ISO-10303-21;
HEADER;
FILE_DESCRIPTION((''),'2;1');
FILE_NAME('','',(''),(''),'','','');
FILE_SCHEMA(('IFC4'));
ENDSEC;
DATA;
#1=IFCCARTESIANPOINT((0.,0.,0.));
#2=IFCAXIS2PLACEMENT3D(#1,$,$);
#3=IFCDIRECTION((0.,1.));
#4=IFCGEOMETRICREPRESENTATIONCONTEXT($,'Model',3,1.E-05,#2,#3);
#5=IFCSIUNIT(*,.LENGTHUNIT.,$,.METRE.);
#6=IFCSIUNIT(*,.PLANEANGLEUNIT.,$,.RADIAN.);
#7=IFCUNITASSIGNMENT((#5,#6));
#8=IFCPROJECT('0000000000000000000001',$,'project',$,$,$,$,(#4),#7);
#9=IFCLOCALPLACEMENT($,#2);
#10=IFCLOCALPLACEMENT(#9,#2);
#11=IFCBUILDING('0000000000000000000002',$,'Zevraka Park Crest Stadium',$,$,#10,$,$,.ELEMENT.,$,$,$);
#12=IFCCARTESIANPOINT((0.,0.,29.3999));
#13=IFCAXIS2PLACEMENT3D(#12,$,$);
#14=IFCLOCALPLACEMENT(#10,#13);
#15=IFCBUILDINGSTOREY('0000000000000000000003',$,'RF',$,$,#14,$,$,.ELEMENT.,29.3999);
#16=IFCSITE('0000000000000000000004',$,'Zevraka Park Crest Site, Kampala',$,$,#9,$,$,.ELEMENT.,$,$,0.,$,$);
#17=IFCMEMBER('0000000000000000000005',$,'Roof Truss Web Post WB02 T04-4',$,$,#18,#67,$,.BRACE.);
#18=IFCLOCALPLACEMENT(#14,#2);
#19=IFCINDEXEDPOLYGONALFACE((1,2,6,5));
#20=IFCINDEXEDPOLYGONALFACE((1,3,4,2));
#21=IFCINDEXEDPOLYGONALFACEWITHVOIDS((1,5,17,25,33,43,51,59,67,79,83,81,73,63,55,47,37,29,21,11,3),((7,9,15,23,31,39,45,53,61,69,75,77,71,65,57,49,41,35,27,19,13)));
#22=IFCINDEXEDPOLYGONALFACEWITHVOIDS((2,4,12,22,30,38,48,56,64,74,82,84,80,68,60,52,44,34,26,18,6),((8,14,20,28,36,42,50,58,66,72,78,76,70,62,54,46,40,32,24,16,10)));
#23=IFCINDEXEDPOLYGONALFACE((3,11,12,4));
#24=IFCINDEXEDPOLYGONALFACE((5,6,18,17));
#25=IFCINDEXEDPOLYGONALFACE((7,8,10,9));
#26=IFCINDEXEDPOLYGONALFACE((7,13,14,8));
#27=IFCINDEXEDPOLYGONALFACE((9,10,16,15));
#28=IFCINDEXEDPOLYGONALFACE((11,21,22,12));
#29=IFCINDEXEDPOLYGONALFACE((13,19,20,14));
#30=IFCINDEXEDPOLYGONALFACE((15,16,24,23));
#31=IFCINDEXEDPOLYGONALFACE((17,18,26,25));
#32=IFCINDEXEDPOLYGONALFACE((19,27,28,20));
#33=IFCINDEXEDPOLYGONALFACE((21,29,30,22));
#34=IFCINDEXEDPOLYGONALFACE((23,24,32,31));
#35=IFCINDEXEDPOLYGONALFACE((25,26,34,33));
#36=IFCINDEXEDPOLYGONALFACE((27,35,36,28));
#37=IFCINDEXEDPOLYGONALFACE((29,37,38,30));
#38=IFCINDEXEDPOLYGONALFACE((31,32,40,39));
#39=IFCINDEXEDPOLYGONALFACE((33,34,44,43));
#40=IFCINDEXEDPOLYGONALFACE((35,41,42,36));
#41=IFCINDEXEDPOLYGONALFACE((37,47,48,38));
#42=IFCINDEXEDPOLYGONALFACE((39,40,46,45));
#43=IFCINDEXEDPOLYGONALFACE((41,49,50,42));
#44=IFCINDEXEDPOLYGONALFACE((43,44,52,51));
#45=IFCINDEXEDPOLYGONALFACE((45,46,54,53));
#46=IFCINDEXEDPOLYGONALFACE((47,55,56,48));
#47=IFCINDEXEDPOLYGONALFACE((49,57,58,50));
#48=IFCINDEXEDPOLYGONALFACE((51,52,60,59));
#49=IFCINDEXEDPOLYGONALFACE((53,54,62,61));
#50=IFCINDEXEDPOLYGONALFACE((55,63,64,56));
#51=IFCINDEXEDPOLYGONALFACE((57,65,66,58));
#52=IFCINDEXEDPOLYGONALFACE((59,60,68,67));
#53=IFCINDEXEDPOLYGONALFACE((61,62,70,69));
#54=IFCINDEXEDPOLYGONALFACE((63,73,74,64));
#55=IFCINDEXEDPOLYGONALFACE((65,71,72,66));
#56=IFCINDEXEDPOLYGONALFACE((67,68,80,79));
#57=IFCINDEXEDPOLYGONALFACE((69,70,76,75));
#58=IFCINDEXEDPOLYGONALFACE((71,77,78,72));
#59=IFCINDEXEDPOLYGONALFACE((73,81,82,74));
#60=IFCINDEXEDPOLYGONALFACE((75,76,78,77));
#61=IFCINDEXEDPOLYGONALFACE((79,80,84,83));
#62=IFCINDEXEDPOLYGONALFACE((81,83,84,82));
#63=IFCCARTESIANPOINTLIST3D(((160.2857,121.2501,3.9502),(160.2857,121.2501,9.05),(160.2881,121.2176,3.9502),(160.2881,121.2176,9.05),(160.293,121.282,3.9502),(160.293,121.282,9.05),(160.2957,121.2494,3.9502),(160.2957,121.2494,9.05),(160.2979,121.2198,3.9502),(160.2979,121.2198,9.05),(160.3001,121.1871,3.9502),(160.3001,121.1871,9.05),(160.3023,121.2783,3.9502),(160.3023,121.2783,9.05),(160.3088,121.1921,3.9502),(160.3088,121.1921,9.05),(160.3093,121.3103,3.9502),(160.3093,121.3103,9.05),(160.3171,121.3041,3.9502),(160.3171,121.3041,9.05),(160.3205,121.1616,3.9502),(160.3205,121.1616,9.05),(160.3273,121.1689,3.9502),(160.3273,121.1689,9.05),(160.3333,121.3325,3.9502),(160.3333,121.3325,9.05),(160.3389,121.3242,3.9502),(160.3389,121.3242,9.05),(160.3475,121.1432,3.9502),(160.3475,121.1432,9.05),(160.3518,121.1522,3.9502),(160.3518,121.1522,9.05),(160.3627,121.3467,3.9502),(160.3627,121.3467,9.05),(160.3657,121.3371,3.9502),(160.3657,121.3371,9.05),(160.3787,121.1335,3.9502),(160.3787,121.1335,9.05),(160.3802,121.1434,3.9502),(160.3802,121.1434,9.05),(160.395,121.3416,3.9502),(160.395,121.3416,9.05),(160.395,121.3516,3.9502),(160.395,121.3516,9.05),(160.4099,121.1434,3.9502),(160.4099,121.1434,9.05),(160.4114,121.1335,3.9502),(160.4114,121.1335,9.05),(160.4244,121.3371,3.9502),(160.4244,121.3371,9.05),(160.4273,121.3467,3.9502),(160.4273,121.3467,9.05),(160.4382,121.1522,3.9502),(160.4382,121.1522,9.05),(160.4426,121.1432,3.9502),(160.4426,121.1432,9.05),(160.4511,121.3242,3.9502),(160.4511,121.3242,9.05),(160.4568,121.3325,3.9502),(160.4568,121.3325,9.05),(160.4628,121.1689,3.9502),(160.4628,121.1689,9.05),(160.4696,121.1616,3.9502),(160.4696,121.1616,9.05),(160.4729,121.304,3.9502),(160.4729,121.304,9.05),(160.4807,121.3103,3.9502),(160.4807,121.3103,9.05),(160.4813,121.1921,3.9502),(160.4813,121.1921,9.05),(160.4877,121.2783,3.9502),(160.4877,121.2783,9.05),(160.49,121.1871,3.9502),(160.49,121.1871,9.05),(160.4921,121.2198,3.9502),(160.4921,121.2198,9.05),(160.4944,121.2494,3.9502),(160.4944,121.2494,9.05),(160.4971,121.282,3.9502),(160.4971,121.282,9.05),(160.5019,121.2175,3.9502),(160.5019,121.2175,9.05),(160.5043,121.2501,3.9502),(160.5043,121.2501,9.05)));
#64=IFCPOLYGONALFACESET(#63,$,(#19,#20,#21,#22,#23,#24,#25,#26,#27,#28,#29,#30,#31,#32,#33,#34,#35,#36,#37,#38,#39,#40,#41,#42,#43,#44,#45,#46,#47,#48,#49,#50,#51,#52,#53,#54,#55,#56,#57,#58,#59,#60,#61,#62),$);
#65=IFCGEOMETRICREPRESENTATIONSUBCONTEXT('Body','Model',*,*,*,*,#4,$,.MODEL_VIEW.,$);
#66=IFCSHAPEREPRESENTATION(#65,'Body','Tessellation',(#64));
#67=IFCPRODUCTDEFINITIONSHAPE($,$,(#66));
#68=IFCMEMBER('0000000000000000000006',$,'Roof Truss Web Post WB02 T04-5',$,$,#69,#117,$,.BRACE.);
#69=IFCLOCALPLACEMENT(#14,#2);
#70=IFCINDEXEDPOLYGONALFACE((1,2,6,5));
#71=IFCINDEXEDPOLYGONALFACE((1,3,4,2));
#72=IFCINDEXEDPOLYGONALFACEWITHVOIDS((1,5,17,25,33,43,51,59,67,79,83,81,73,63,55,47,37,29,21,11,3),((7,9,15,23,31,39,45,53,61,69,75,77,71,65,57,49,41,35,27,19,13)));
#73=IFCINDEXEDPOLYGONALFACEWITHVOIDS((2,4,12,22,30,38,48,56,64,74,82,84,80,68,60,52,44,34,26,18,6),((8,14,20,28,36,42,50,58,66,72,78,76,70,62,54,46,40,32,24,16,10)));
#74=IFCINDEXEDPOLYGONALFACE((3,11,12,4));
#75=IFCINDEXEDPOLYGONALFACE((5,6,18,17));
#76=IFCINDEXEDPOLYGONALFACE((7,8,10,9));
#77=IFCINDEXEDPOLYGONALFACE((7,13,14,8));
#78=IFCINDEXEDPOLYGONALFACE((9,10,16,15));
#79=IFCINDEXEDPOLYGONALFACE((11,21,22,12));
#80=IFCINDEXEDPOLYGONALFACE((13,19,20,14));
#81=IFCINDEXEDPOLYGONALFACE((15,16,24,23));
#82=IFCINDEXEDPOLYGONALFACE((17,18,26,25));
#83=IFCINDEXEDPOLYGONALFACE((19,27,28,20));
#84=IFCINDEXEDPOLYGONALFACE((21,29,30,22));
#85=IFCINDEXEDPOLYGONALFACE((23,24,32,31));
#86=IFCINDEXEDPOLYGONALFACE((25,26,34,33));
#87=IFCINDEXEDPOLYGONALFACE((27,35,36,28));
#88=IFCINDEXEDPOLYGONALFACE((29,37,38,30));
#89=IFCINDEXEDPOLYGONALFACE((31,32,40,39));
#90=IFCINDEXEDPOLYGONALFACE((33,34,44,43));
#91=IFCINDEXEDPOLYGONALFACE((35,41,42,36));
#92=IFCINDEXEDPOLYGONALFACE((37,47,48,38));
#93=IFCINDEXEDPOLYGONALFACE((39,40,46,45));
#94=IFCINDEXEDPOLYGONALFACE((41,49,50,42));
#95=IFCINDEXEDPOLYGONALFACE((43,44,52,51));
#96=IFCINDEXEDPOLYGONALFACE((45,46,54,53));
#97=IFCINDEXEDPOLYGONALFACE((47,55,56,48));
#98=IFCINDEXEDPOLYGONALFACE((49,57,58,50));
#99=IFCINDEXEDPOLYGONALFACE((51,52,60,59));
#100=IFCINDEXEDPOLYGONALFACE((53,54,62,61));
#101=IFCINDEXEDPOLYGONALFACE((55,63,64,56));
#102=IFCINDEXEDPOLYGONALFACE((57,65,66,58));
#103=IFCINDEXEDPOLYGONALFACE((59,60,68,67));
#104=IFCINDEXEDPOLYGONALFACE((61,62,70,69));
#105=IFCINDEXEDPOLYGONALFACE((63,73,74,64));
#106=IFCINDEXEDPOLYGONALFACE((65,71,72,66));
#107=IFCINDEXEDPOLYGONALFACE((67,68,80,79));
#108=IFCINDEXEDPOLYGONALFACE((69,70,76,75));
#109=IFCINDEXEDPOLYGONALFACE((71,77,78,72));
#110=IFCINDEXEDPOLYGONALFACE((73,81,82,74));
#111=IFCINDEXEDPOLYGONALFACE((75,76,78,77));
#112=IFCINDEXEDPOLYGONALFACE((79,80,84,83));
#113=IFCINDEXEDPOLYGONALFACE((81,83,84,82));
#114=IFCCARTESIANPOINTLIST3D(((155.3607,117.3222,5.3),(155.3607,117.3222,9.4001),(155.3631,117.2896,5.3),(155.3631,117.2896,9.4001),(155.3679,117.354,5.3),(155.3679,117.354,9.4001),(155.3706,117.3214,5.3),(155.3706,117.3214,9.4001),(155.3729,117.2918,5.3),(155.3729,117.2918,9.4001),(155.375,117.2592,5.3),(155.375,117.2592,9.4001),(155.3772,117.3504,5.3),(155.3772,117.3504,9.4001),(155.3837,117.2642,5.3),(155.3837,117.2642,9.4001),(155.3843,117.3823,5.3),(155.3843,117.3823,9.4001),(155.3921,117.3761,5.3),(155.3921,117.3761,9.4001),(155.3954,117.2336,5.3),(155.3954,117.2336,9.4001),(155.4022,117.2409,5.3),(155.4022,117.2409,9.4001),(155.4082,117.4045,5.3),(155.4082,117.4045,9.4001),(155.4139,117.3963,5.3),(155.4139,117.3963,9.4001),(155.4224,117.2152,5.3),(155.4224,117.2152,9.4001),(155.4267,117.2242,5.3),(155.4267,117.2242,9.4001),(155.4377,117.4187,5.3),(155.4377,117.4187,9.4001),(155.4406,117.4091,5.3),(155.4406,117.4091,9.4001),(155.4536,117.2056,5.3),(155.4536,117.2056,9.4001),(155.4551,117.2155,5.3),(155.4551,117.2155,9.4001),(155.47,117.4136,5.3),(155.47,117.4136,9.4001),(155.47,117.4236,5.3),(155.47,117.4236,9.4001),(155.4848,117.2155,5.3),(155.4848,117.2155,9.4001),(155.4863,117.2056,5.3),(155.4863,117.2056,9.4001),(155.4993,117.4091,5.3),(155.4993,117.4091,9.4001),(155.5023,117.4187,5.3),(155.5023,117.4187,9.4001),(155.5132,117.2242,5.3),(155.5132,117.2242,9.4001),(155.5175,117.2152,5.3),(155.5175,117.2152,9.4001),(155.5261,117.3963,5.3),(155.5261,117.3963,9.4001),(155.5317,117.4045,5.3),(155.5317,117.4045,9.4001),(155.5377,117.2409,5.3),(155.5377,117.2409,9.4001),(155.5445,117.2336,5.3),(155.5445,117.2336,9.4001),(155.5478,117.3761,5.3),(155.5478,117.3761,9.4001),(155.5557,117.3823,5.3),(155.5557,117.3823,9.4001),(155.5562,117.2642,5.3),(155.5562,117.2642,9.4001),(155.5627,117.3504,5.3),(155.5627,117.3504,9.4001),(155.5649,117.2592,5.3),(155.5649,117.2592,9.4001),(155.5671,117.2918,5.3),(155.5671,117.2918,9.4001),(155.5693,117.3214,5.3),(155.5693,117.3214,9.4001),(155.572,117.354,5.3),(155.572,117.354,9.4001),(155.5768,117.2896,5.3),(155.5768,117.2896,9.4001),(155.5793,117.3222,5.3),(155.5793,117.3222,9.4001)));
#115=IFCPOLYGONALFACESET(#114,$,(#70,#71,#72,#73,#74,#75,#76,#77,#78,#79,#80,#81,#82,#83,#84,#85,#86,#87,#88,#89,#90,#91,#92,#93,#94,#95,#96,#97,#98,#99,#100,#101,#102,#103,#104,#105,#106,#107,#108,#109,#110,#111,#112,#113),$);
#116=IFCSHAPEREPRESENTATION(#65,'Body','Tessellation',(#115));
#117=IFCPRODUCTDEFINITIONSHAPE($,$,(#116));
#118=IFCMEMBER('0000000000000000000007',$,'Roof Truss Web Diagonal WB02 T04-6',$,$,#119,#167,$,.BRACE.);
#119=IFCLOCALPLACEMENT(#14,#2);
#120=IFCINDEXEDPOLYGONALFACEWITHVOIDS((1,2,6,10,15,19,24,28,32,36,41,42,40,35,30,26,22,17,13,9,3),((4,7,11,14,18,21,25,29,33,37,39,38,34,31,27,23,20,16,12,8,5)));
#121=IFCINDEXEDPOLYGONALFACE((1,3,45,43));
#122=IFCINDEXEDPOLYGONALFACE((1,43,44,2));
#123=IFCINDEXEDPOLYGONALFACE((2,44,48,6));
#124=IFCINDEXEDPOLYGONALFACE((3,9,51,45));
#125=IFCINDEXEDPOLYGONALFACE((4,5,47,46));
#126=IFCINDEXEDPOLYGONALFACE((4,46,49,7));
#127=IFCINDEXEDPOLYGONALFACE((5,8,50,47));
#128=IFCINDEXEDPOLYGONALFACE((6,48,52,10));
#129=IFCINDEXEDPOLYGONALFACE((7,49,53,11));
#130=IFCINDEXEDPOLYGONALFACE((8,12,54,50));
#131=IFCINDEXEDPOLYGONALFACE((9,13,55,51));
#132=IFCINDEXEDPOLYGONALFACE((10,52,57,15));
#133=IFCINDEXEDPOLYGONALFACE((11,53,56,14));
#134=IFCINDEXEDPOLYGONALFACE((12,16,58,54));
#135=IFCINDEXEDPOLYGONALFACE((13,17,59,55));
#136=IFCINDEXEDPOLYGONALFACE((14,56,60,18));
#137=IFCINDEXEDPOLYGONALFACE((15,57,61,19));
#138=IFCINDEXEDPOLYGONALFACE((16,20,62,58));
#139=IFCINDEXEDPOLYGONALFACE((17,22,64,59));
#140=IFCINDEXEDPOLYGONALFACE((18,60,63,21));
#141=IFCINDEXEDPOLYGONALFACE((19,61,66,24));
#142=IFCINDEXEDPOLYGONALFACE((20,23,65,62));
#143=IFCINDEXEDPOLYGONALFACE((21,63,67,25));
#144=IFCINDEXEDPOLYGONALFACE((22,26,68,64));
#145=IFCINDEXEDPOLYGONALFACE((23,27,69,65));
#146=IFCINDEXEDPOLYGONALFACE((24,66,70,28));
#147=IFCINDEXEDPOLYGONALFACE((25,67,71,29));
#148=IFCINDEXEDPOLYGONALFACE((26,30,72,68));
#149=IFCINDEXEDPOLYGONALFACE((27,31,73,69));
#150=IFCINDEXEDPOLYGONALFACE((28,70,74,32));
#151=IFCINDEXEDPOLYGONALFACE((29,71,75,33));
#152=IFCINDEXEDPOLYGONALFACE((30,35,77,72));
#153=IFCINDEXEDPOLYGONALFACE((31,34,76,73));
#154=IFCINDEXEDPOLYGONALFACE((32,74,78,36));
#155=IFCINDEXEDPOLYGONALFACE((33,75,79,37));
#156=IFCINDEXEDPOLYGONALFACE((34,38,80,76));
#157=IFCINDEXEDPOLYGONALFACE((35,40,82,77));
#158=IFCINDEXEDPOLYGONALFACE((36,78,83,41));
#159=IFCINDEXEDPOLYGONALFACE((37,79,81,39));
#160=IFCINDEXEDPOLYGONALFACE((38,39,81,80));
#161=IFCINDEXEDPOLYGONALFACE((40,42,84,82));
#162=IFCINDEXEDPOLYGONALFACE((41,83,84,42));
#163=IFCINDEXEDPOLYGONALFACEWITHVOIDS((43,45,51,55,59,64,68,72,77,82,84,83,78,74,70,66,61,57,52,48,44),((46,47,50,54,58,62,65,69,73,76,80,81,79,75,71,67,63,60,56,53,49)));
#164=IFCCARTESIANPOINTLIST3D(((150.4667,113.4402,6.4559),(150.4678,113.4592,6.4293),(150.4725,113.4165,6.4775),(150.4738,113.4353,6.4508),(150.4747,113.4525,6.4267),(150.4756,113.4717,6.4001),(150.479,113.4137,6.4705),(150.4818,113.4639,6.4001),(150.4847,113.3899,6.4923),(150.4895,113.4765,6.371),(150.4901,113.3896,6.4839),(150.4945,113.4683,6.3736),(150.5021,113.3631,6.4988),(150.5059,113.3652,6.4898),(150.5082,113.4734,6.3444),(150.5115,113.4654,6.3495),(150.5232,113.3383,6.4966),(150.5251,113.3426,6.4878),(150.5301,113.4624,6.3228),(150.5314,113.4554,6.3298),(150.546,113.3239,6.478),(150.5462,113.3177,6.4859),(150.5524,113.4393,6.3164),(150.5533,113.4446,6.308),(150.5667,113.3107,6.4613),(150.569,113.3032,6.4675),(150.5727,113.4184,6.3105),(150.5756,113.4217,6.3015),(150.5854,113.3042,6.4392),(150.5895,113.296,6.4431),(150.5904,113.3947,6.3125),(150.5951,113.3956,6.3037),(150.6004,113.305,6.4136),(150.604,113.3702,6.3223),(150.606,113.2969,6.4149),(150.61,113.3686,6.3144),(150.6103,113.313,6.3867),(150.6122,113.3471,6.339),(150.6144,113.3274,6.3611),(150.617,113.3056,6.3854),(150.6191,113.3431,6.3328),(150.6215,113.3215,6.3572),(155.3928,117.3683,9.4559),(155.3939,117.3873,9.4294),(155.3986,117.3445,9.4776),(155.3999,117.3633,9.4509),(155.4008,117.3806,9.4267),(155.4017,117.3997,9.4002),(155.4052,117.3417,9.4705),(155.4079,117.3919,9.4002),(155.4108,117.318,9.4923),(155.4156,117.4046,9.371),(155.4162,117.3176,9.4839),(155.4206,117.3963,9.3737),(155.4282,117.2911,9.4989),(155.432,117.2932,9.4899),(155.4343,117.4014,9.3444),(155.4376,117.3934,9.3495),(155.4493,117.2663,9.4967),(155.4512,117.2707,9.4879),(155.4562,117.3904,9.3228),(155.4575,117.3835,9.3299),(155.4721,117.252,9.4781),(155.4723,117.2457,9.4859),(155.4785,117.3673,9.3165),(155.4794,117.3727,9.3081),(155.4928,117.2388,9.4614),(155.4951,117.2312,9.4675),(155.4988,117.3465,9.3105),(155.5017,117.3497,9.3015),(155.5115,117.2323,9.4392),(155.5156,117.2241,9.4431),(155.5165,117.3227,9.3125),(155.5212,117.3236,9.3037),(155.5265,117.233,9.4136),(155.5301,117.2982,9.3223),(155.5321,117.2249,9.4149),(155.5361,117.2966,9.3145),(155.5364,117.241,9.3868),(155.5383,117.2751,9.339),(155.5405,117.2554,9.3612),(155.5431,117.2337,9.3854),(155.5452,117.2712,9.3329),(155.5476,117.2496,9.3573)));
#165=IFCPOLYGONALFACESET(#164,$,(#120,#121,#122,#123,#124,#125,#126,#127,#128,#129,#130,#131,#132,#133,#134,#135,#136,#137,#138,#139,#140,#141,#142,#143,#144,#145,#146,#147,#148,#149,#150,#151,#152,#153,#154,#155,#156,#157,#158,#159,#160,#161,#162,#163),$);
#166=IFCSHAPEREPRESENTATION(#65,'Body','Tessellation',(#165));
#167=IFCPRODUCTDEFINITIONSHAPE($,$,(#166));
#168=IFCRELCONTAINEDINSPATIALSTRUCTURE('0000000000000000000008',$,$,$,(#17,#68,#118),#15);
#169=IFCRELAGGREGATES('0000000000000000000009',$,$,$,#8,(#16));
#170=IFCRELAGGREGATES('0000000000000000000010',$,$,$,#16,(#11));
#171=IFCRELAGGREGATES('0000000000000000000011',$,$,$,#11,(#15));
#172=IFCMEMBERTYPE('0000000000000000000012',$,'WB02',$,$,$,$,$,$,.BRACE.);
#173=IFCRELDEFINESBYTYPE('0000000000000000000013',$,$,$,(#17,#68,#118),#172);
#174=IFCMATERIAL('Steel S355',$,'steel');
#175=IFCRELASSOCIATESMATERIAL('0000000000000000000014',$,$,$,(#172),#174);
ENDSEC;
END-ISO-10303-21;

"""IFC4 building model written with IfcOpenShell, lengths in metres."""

from ifc_helpers import new_model, si_unit, direction, frame, origin, origin_2d, place, context, subcontext, project, spatial, hollow_circle, extrude, material, material_profile, profile_set, type_object, element, save


model = new_model("IFC4")

# Units and contexts
model_context = context("Model", 3, precision=1e-05, world=origin(), true_north=direction((0.0, 1.0)))
body_context = subcontext(model_context, "Body", "Model", "MODEL_VIEW")
ifc_project = project(units=[si_unit("LENGTHUNIT", "METRE"), si_unit("PLANEANGLEUNIT", "RADIAN")], contexts=[model_context])

# Site, building, storey
site_placement = place(None, origin())
site = spatial("IfcSite", under=ifc_project, at=site_placement, Name="Zevraka Park Crest Site, Kampala", CompositionType="ELEMENT", RefElevation=0.0)
building_placement = place(site_placement, origin())
building = spatial("IfcBuilding", under=site, at=building_placement, Name="Zevraka Park Crest Stadium", CompositionType="ELEMENT")
storey_placement = place(building_placement, frame((0.0, 0.0, 29.3999)))
storey = spatial("IfcBuildingStorey", under=building, at=storey_placement, Name="RF", CompositionType="ELEMENT", Elevation=29.3999)

# Members
ifc_material_1 = material(Name="Steel S355", Category="steel")
ifc_material_profile_1 = material_profile(ifc_material_1, hollow_circle(Radius=0.1096, WallThickness=0.01, at=origin_2d()), Name="CHS 219.1x10")
ifc_profile_set_1 = profile_set([ifc_material_profile_1], Name="Steel S355")
member_type_1 = type_object("IfcMemberType", Name="WB02", PredefinedType="BRACE", material=ifc_profile_set_1)
member_1_placement = place(storey_placement, frame((160.395, 121.2419, 3.9502), z_axis=(0.0, 0.0, 1.0), x_axis=(0.781847, 0.62347, 0.0)))
element("IfcMember", 1, at=member_1_placement, inside=storey, type_object=member_type_1, Name="Roof Truss Web Post WB02 T04-4", PredefinedType="BRACE", context=body_context, shape_type="SweptSolid", body=[
    extrude(hollow_circle(Radius=0.1096, WallThickness=0.01, at=origin_2d()), origin(), (0.0, 0.0, 1.0), 5.0999),
])
member_2_placement = place(storey_placement, frame((155.47, 117.314, 5.3), z_axis=(0.0, 0.0, 1.0), x_axis=(0.781847, 0.62347, 0.0)))
element("IfcMember", 2, at=member_2_placement, inside=storey, type_object=member_type_1, Name="Roof Truss Web Post WB02 T04-5", PredefinedType="BRACE", context=body_context, shape_type="SweptSolid", body=[
    extrude(hollow_circle(Radius=0.1096, WallThickness=0.01, at=origin_2d()), origin(), (0.0, 0.0, 1.0), 4.1001),
])
member_3_placement = place(storey_placement, frame((150.5439, 113.386, 6.4001), z_axis=(0.70592, 0.562896, 0.429913), x_axis=(-0.623451, 0.781862, 0.0)))
element("IfcMember", 3, at=member_3_placement, inside=storey, type_object=member_type_1, Name="Roof Truss Web Diagonal WB02 T04-6", PredefinedType="BRACE", context=body_context, shape_type="SweptSolid", body=[
    extrude(hollow_circle(Radius=0.1096, WallThickness=0.01, at=origin_2d()), origin(), (0.0, 0.0, 1.0), 6.9783),
])

save(model, "model.ifc")
